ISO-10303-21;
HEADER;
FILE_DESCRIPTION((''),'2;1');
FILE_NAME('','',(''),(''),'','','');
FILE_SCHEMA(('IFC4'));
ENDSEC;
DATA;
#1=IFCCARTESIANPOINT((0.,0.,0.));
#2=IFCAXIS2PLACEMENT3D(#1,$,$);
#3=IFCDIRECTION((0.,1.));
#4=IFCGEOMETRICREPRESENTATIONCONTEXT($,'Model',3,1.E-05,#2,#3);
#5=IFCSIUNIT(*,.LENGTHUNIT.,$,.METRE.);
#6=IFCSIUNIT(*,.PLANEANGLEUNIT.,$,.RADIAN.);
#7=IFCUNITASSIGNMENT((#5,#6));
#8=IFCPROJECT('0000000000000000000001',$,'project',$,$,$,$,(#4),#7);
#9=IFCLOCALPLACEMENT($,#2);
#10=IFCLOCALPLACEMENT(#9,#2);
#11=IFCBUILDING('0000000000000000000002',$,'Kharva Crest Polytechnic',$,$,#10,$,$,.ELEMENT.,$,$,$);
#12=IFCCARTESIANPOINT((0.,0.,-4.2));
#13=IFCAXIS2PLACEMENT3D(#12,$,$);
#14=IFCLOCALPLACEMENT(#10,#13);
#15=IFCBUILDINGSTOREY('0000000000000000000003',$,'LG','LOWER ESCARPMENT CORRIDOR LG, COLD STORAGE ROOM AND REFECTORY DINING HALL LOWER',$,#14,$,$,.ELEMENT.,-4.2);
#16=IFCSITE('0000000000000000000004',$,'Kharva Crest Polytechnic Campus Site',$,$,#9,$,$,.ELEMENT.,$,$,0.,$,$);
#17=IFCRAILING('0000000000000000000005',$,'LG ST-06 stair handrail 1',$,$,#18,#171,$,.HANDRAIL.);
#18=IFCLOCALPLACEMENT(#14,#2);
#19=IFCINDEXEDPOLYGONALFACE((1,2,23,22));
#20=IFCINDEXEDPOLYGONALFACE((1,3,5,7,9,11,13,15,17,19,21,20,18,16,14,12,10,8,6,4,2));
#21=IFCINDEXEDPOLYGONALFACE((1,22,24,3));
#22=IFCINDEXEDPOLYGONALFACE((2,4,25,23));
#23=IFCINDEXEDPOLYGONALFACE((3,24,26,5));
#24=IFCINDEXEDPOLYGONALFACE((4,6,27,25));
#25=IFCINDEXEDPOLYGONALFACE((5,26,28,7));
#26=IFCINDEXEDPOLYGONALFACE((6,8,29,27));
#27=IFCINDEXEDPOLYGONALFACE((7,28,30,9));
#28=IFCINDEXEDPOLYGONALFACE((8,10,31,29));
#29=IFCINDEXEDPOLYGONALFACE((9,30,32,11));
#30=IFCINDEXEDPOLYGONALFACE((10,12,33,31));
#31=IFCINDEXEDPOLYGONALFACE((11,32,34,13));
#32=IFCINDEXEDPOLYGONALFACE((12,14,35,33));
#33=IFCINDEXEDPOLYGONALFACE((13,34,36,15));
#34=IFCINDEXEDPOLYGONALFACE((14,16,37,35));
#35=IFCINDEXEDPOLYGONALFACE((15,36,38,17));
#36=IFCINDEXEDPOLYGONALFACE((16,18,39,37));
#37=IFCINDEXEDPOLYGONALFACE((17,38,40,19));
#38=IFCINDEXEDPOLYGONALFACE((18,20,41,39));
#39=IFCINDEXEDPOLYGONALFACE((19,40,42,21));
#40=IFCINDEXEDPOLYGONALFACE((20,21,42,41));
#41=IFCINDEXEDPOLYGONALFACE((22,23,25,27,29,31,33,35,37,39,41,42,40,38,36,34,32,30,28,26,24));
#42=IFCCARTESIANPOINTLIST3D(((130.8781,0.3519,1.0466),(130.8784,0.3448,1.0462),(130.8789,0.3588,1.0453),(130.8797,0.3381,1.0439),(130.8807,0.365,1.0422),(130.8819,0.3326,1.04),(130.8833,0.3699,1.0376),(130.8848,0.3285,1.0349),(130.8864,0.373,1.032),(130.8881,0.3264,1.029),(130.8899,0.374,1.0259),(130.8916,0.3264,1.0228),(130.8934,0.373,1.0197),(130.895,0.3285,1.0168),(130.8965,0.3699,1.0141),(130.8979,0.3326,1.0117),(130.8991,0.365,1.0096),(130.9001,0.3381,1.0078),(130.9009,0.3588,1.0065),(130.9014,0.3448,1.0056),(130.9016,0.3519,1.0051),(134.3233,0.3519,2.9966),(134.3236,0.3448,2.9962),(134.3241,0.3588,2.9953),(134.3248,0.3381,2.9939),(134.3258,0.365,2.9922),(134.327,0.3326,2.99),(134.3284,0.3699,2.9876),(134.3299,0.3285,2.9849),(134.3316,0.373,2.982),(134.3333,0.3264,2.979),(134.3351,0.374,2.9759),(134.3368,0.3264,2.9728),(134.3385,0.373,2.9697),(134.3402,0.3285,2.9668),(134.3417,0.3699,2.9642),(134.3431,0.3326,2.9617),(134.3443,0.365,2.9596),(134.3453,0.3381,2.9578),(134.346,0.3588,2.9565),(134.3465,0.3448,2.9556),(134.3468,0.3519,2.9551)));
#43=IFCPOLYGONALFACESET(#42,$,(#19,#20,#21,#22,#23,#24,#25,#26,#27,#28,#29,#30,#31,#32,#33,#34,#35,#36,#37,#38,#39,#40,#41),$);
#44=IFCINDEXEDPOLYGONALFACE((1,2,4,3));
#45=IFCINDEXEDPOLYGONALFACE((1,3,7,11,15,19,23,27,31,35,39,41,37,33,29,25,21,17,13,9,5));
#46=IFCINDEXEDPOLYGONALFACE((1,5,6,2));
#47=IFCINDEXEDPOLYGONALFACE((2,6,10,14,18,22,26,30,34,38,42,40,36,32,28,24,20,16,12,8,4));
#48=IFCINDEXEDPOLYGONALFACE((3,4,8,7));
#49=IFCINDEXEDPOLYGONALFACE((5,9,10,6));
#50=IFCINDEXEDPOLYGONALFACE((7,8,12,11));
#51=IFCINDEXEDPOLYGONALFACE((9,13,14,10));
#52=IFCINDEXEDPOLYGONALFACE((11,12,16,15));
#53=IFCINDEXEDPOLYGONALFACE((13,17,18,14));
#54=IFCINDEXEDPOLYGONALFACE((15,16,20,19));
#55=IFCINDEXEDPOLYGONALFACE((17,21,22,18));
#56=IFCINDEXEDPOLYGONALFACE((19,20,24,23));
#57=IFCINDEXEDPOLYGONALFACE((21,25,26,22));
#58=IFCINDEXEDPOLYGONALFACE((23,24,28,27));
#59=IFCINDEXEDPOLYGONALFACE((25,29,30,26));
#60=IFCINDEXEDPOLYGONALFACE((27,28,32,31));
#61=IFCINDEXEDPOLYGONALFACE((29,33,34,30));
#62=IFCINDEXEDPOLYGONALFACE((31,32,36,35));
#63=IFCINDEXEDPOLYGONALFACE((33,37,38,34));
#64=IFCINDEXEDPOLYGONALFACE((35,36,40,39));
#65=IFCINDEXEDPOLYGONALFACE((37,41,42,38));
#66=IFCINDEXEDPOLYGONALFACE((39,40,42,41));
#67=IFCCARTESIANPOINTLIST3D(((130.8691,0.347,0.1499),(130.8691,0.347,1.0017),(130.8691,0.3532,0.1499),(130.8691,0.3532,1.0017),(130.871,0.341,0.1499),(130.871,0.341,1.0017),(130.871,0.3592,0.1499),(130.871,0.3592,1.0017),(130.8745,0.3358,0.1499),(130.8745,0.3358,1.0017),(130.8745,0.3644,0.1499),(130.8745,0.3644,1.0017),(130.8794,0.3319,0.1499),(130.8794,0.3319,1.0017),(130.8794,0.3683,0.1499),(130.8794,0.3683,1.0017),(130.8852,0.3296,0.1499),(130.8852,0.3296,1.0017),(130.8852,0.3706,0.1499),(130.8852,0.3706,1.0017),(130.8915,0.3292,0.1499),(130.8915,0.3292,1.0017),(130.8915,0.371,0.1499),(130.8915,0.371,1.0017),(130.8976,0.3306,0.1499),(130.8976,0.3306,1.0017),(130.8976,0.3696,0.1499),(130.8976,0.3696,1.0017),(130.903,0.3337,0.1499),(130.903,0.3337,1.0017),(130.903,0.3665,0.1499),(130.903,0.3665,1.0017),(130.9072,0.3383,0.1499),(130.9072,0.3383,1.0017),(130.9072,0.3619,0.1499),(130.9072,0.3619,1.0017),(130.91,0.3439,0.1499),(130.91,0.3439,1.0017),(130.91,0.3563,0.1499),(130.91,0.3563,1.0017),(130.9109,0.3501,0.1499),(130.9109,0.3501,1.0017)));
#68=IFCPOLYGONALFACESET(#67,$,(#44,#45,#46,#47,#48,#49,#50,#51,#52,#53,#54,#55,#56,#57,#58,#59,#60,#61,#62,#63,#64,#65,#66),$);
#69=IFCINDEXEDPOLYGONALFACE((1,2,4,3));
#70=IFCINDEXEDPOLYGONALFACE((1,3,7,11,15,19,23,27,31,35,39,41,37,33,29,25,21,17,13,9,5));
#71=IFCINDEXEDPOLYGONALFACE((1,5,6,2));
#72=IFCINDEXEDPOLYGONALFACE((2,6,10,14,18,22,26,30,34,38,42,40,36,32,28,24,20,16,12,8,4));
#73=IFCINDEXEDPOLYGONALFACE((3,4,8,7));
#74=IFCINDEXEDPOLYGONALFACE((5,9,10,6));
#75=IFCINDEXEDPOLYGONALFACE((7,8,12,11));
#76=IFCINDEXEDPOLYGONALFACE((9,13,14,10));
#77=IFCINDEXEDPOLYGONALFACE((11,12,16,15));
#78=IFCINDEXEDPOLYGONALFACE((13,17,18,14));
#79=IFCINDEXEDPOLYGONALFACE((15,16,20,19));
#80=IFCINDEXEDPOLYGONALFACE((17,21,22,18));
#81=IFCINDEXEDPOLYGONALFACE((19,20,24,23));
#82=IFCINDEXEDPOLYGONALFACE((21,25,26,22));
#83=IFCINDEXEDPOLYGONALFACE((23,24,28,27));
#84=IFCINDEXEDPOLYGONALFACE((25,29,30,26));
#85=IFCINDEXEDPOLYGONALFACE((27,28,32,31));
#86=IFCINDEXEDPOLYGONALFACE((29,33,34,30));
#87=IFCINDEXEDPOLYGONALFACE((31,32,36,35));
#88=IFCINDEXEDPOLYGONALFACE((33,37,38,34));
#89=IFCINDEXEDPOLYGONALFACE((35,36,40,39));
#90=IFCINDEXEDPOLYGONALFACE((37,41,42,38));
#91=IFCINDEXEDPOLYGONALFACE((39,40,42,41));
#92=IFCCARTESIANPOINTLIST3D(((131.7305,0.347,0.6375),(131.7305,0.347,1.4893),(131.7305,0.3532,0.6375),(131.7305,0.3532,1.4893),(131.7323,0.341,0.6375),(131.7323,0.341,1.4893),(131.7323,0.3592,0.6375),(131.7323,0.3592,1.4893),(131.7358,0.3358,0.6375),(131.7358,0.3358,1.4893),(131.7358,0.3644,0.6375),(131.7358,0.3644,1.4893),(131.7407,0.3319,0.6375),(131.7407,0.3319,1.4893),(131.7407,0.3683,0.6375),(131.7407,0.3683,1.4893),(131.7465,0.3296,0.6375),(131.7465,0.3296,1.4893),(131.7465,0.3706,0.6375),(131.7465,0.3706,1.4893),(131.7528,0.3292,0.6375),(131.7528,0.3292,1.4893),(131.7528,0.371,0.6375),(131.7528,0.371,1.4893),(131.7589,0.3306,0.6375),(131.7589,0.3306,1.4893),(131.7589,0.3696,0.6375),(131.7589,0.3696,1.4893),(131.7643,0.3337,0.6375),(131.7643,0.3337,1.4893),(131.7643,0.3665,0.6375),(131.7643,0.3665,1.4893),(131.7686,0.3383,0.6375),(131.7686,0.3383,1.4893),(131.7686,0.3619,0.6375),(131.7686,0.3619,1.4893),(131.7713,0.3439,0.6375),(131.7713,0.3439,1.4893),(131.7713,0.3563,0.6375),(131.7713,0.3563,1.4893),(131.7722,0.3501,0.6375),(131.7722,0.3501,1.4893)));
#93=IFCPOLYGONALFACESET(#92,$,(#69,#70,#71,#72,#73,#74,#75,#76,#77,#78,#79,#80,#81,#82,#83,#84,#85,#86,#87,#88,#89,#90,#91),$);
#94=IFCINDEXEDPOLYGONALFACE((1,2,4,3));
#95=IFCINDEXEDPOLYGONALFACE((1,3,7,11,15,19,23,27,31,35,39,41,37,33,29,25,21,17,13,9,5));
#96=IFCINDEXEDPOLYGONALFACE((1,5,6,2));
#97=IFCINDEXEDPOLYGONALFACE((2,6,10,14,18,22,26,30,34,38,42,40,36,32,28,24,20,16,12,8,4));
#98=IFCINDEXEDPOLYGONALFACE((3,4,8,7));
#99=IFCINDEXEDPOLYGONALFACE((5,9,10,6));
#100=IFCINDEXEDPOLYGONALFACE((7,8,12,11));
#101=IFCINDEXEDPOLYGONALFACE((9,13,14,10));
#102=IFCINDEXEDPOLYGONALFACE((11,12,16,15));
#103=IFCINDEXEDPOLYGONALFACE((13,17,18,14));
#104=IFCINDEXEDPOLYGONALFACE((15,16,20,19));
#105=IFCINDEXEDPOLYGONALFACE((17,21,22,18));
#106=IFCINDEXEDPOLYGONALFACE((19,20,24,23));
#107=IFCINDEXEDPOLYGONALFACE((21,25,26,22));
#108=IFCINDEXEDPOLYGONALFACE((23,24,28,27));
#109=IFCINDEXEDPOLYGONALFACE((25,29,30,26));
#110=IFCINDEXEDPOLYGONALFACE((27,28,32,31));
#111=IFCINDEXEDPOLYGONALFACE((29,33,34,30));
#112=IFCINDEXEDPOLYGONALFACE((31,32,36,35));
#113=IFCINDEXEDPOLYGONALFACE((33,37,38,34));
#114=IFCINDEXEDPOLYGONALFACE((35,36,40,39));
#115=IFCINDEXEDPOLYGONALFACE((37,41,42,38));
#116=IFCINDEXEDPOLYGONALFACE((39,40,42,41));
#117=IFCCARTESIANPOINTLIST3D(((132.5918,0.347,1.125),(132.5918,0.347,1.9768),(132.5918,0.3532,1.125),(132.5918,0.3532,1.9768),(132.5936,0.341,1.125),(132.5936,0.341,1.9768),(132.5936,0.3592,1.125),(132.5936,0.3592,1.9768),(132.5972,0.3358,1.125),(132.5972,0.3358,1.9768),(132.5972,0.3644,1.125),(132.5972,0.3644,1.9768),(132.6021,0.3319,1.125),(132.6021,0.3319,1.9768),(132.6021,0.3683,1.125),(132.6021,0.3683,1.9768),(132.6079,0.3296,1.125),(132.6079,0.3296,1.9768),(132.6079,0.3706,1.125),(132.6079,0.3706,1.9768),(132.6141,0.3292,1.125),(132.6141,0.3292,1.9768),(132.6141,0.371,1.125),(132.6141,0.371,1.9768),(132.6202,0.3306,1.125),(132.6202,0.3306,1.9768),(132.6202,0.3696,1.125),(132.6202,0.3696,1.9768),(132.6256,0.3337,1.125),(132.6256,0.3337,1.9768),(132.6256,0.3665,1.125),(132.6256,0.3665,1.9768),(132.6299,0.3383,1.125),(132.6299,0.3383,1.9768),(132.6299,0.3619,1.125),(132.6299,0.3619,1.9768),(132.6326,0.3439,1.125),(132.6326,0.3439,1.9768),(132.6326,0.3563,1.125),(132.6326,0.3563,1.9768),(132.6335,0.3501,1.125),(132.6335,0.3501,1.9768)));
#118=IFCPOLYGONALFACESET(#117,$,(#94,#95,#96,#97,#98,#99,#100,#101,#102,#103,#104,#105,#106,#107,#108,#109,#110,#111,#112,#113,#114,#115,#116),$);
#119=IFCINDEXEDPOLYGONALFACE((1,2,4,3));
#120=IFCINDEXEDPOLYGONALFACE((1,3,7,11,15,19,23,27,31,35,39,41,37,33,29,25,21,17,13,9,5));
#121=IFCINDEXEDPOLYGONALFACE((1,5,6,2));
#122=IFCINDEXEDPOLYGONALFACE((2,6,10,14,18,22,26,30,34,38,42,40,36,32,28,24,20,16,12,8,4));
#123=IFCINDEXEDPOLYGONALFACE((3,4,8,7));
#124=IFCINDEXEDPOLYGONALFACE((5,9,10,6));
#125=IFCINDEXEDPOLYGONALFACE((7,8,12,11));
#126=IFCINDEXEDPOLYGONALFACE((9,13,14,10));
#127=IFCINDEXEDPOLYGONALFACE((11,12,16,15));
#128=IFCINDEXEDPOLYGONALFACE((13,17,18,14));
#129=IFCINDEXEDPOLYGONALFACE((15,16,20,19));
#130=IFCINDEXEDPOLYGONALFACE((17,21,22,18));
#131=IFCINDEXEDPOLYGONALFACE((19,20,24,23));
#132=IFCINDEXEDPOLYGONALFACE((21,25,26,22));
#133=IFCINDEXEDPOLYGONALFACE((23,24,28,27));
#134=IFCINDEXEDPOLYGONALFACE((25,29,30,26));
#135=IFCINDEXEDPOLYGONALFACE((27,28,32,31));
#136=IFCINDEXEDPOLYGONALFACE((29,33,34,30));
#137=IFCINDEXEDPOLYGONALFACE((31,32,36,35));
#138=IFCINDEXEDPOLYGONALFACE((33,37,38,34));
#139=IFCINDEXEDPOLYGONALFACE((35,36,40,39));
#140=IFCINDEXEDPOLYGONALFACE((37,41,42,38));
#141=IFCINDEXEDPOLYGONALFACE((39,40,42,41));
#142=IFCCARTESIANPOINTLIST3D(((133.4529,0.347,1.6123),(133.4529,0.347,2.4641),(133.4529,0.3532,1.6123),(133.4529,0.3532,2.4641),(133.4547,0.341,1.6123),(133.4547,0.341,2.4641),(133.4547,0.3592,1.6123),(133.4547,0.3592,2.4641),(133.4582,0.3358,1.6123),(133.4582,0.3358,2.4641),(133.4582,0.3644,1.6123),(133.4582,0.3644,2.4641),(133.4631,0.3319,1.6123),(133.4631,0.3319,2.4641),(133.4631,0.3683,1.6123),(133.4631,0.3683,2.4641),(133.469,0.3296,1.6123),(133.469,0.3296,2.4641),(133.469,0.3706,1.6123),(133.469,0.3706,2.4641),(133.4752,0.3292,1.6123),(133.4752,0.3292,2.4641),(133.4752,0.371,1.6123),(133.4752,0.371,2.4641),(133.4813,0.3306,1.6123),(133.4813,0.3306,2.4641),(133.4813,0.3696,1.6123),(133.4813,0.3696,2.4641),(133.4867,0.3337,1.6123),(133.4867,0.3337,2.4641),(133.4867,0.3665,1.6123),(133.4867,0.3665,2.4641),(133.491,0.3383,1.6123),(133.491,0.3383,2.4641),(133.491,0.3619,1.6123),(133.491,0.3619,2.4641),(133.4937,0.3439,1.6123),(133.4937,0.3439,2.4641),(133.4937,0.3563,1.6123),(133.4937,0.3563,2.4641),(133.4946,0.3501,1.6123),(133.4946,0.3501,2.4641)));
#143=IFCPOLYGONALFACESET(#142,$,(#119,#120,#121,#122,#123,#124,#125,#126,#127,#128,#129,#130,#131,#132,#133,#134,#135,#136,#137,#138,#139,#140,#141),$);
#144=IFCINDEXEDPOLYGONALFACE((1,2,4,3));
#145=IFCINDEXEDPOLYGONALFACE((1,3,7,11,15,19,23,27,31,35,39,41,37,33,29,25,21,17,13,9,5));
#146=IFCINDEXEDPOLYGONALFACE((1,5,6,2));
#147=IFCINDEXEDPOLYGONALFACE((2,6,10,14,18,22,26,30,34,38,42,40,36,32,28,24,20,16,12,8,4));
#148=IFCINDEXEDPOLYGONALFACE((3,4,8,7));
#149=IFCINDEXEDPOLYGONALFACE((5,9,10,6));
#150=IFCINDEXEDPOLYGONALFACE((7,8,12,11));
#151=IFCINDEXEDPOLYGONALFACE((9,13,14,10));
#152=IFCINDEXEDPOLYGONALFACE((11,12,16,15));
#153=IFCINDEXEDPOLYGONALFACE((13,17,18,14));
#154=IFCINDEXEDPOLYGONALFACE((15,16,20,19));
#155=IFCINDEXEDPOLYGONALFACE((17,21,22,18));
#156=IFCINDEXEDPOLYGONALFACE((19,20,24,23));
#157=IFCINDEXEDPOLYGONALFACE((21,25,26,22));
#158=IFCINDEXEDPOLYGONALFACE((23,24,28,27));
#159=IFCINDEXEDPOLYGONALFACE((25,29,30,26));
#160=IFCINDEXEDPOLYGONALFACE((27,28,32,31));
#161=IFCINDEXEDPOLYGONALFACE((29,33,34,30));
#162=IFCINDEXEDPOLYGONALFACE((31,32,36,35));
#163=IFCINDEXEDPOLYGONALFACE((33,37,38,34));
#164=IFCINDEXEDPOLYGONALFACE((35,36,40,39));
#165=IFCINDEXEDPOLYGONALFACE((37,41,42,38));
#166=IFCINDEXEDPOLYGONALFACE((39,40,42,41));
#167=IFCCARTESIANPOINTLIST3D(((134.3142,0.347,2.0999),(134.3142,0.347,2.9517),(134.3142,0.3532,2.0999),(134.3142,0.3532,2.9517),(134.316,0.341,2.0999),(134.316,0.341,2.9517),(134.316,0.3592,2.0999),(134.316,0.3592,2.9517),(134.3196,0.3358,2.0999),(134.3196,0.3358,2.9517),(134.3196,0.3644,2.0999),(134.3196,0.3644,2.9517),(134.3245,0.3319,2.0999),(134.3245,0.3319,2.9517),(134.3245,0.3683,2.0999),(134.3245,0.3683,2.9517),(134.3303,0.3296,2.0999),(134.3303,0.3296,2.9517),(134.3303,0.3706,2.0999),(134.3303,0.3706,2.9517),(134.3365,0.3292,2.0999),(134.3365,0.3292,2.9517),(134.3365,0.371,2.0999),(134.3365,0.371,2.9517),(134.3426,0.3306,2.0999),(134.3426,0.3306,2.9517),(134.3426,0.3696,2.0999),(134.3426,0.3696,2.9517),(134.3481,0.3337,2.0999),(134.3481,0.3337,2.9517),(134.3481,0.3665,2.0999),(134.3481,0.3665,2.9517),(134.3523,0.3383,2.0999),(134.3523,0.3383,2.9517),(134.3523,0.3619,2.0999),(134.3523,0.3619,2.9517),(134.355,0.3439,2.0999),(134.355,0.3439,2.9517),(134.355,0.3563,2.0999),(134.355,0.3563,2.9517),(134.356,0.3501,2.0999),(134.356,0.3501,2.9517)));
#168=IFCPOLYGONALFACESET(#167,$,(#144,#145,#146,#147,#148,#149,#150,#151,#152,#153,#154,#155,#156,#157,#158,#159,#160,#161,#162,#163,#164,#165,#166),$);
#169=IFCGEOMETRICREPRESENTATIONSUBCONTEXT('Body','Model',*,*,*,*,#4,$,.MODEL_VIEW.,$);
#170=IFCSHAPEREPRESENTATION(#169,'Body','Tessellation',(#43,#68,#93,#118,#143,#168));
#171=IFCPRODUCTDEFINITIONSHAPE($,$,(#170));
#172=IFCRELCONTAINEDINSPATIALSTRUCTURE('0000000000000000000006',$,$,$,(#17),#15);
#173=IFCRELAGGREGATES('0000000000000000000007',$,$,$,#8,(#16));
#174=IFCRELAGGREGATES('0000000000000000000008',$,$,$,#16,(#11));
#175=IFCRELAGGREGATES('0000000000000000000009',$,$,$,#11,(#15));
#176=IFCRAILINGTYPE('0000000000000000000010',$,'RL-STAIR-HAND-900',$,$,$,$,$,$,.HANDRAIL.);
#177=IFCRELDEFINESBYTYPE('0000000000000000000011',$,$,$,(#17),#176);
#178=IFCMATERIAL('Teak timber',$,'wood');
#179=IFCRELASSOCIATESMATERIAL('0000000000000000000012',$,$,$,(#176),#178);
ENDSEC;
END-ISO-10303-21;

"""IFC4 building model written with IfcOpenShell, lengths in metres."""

from ifc_helpers import new_model, si_unit, direction, frame, origin, origin_2d, place, context, subcontext, project, spatial, circle, extrude, material, type_object, element, save


model = new_model("IFC4")

# Units and contexts
model_context = context("Model", 3, precision=1e-05, world=origin(), true_north=direction((0.0, 1.0)))
body_context = subcontext(model_context, "Body", "Model", "MODEL_VIEW")
ifc_project = project(units=[si_unit("LENGTHUNIT", "METRE"), si_unit("PLANEANGLEUNIT", "RADIAN")], contexts=[model_context])

# Site, building, storey
site_placement = place(None, origin())
site = spatial("IfcSite", under=ifc_project, at=site_placement, Name="Kharva Crest Polytechnic Campus Site", CompositionType="ELEMENT", RefElevation=0.0)
building_placement = place(site_placement, origin())
building = spatial("IfcBuilding", under=site, at=building_placement, Name="Kharva Crest Polytechnic", CompositionType="ELEMENT")
storey_placement = place(building_placement, frame((0.0, 0.0, -4.2)))
storey = spatial("IfcBuildingStorey", under=building, at=storey_placement, Name="LG", Description="LOWER ESCARPMENT CORRIDOR LG, COLD STORAGE ROOM AND REFECTORY DINING HALL LOWER", CompositionType="ELEMENT", Elevation=-4.2)

# Railing
ifc_material_1 = material(Name="Teak timber", Category="wood")
railing_type_1 = type_object("IfcRailingType", Name="RL-STAIR-HAND-900", PredefinedType="HANDRAIL", material=ifc_material_1)
railing_1_placement = place(storey_placement, frame((130.8899, 0.3501, 0.1499)))
element("IfcRailing", 1, at=railing_1_placement, inside=storey, type_object=railing_type_1, Name="LG ST-06 stair handrail 1", PredefinedType="HANDRAIL", context=body_context, shape_type="SweptSolid", body=[
    extrude(circle(Radius=0.0239, at=origin_2d()), frame((0.0, 0.0, 0.876), z_axis=(0.870266, 0.0, 0.492581), x_axis=(0.0, 1.0, 0.0)), (0.0, 0.0, 1.0), 3.9587),
    extrude(circle(Radius=0.021, at=origin_2d()), origin(), (0.0, 0.0, 1.0), 0.8518),
    extrude(circle(Radius=0.021, at=origin_2d()), frame((0.8613, 0.0, 0.4875)), (0.0, 0.0, 1.0), 0.8518),
    extrude(circle(Radius=0.021, at=origin_2d()), frame((1.7227, 0.0, 0.9751)), (0.0, 0.0, 1.0), 0.8518),
    extrude(circle(Radius=0.021, at=origin_2d()), frame((2.5837, 0.0, 1.4624)), (0.0, 0.0, 1.0), 0.8518),
    extrude(circle(Radius=0.021, at=origin_2d()), frame((3.4451, 0.0, 1.95)), (0.0, 0.0, 1.0), 0.8518),
])

save(model, "model.ifc")
